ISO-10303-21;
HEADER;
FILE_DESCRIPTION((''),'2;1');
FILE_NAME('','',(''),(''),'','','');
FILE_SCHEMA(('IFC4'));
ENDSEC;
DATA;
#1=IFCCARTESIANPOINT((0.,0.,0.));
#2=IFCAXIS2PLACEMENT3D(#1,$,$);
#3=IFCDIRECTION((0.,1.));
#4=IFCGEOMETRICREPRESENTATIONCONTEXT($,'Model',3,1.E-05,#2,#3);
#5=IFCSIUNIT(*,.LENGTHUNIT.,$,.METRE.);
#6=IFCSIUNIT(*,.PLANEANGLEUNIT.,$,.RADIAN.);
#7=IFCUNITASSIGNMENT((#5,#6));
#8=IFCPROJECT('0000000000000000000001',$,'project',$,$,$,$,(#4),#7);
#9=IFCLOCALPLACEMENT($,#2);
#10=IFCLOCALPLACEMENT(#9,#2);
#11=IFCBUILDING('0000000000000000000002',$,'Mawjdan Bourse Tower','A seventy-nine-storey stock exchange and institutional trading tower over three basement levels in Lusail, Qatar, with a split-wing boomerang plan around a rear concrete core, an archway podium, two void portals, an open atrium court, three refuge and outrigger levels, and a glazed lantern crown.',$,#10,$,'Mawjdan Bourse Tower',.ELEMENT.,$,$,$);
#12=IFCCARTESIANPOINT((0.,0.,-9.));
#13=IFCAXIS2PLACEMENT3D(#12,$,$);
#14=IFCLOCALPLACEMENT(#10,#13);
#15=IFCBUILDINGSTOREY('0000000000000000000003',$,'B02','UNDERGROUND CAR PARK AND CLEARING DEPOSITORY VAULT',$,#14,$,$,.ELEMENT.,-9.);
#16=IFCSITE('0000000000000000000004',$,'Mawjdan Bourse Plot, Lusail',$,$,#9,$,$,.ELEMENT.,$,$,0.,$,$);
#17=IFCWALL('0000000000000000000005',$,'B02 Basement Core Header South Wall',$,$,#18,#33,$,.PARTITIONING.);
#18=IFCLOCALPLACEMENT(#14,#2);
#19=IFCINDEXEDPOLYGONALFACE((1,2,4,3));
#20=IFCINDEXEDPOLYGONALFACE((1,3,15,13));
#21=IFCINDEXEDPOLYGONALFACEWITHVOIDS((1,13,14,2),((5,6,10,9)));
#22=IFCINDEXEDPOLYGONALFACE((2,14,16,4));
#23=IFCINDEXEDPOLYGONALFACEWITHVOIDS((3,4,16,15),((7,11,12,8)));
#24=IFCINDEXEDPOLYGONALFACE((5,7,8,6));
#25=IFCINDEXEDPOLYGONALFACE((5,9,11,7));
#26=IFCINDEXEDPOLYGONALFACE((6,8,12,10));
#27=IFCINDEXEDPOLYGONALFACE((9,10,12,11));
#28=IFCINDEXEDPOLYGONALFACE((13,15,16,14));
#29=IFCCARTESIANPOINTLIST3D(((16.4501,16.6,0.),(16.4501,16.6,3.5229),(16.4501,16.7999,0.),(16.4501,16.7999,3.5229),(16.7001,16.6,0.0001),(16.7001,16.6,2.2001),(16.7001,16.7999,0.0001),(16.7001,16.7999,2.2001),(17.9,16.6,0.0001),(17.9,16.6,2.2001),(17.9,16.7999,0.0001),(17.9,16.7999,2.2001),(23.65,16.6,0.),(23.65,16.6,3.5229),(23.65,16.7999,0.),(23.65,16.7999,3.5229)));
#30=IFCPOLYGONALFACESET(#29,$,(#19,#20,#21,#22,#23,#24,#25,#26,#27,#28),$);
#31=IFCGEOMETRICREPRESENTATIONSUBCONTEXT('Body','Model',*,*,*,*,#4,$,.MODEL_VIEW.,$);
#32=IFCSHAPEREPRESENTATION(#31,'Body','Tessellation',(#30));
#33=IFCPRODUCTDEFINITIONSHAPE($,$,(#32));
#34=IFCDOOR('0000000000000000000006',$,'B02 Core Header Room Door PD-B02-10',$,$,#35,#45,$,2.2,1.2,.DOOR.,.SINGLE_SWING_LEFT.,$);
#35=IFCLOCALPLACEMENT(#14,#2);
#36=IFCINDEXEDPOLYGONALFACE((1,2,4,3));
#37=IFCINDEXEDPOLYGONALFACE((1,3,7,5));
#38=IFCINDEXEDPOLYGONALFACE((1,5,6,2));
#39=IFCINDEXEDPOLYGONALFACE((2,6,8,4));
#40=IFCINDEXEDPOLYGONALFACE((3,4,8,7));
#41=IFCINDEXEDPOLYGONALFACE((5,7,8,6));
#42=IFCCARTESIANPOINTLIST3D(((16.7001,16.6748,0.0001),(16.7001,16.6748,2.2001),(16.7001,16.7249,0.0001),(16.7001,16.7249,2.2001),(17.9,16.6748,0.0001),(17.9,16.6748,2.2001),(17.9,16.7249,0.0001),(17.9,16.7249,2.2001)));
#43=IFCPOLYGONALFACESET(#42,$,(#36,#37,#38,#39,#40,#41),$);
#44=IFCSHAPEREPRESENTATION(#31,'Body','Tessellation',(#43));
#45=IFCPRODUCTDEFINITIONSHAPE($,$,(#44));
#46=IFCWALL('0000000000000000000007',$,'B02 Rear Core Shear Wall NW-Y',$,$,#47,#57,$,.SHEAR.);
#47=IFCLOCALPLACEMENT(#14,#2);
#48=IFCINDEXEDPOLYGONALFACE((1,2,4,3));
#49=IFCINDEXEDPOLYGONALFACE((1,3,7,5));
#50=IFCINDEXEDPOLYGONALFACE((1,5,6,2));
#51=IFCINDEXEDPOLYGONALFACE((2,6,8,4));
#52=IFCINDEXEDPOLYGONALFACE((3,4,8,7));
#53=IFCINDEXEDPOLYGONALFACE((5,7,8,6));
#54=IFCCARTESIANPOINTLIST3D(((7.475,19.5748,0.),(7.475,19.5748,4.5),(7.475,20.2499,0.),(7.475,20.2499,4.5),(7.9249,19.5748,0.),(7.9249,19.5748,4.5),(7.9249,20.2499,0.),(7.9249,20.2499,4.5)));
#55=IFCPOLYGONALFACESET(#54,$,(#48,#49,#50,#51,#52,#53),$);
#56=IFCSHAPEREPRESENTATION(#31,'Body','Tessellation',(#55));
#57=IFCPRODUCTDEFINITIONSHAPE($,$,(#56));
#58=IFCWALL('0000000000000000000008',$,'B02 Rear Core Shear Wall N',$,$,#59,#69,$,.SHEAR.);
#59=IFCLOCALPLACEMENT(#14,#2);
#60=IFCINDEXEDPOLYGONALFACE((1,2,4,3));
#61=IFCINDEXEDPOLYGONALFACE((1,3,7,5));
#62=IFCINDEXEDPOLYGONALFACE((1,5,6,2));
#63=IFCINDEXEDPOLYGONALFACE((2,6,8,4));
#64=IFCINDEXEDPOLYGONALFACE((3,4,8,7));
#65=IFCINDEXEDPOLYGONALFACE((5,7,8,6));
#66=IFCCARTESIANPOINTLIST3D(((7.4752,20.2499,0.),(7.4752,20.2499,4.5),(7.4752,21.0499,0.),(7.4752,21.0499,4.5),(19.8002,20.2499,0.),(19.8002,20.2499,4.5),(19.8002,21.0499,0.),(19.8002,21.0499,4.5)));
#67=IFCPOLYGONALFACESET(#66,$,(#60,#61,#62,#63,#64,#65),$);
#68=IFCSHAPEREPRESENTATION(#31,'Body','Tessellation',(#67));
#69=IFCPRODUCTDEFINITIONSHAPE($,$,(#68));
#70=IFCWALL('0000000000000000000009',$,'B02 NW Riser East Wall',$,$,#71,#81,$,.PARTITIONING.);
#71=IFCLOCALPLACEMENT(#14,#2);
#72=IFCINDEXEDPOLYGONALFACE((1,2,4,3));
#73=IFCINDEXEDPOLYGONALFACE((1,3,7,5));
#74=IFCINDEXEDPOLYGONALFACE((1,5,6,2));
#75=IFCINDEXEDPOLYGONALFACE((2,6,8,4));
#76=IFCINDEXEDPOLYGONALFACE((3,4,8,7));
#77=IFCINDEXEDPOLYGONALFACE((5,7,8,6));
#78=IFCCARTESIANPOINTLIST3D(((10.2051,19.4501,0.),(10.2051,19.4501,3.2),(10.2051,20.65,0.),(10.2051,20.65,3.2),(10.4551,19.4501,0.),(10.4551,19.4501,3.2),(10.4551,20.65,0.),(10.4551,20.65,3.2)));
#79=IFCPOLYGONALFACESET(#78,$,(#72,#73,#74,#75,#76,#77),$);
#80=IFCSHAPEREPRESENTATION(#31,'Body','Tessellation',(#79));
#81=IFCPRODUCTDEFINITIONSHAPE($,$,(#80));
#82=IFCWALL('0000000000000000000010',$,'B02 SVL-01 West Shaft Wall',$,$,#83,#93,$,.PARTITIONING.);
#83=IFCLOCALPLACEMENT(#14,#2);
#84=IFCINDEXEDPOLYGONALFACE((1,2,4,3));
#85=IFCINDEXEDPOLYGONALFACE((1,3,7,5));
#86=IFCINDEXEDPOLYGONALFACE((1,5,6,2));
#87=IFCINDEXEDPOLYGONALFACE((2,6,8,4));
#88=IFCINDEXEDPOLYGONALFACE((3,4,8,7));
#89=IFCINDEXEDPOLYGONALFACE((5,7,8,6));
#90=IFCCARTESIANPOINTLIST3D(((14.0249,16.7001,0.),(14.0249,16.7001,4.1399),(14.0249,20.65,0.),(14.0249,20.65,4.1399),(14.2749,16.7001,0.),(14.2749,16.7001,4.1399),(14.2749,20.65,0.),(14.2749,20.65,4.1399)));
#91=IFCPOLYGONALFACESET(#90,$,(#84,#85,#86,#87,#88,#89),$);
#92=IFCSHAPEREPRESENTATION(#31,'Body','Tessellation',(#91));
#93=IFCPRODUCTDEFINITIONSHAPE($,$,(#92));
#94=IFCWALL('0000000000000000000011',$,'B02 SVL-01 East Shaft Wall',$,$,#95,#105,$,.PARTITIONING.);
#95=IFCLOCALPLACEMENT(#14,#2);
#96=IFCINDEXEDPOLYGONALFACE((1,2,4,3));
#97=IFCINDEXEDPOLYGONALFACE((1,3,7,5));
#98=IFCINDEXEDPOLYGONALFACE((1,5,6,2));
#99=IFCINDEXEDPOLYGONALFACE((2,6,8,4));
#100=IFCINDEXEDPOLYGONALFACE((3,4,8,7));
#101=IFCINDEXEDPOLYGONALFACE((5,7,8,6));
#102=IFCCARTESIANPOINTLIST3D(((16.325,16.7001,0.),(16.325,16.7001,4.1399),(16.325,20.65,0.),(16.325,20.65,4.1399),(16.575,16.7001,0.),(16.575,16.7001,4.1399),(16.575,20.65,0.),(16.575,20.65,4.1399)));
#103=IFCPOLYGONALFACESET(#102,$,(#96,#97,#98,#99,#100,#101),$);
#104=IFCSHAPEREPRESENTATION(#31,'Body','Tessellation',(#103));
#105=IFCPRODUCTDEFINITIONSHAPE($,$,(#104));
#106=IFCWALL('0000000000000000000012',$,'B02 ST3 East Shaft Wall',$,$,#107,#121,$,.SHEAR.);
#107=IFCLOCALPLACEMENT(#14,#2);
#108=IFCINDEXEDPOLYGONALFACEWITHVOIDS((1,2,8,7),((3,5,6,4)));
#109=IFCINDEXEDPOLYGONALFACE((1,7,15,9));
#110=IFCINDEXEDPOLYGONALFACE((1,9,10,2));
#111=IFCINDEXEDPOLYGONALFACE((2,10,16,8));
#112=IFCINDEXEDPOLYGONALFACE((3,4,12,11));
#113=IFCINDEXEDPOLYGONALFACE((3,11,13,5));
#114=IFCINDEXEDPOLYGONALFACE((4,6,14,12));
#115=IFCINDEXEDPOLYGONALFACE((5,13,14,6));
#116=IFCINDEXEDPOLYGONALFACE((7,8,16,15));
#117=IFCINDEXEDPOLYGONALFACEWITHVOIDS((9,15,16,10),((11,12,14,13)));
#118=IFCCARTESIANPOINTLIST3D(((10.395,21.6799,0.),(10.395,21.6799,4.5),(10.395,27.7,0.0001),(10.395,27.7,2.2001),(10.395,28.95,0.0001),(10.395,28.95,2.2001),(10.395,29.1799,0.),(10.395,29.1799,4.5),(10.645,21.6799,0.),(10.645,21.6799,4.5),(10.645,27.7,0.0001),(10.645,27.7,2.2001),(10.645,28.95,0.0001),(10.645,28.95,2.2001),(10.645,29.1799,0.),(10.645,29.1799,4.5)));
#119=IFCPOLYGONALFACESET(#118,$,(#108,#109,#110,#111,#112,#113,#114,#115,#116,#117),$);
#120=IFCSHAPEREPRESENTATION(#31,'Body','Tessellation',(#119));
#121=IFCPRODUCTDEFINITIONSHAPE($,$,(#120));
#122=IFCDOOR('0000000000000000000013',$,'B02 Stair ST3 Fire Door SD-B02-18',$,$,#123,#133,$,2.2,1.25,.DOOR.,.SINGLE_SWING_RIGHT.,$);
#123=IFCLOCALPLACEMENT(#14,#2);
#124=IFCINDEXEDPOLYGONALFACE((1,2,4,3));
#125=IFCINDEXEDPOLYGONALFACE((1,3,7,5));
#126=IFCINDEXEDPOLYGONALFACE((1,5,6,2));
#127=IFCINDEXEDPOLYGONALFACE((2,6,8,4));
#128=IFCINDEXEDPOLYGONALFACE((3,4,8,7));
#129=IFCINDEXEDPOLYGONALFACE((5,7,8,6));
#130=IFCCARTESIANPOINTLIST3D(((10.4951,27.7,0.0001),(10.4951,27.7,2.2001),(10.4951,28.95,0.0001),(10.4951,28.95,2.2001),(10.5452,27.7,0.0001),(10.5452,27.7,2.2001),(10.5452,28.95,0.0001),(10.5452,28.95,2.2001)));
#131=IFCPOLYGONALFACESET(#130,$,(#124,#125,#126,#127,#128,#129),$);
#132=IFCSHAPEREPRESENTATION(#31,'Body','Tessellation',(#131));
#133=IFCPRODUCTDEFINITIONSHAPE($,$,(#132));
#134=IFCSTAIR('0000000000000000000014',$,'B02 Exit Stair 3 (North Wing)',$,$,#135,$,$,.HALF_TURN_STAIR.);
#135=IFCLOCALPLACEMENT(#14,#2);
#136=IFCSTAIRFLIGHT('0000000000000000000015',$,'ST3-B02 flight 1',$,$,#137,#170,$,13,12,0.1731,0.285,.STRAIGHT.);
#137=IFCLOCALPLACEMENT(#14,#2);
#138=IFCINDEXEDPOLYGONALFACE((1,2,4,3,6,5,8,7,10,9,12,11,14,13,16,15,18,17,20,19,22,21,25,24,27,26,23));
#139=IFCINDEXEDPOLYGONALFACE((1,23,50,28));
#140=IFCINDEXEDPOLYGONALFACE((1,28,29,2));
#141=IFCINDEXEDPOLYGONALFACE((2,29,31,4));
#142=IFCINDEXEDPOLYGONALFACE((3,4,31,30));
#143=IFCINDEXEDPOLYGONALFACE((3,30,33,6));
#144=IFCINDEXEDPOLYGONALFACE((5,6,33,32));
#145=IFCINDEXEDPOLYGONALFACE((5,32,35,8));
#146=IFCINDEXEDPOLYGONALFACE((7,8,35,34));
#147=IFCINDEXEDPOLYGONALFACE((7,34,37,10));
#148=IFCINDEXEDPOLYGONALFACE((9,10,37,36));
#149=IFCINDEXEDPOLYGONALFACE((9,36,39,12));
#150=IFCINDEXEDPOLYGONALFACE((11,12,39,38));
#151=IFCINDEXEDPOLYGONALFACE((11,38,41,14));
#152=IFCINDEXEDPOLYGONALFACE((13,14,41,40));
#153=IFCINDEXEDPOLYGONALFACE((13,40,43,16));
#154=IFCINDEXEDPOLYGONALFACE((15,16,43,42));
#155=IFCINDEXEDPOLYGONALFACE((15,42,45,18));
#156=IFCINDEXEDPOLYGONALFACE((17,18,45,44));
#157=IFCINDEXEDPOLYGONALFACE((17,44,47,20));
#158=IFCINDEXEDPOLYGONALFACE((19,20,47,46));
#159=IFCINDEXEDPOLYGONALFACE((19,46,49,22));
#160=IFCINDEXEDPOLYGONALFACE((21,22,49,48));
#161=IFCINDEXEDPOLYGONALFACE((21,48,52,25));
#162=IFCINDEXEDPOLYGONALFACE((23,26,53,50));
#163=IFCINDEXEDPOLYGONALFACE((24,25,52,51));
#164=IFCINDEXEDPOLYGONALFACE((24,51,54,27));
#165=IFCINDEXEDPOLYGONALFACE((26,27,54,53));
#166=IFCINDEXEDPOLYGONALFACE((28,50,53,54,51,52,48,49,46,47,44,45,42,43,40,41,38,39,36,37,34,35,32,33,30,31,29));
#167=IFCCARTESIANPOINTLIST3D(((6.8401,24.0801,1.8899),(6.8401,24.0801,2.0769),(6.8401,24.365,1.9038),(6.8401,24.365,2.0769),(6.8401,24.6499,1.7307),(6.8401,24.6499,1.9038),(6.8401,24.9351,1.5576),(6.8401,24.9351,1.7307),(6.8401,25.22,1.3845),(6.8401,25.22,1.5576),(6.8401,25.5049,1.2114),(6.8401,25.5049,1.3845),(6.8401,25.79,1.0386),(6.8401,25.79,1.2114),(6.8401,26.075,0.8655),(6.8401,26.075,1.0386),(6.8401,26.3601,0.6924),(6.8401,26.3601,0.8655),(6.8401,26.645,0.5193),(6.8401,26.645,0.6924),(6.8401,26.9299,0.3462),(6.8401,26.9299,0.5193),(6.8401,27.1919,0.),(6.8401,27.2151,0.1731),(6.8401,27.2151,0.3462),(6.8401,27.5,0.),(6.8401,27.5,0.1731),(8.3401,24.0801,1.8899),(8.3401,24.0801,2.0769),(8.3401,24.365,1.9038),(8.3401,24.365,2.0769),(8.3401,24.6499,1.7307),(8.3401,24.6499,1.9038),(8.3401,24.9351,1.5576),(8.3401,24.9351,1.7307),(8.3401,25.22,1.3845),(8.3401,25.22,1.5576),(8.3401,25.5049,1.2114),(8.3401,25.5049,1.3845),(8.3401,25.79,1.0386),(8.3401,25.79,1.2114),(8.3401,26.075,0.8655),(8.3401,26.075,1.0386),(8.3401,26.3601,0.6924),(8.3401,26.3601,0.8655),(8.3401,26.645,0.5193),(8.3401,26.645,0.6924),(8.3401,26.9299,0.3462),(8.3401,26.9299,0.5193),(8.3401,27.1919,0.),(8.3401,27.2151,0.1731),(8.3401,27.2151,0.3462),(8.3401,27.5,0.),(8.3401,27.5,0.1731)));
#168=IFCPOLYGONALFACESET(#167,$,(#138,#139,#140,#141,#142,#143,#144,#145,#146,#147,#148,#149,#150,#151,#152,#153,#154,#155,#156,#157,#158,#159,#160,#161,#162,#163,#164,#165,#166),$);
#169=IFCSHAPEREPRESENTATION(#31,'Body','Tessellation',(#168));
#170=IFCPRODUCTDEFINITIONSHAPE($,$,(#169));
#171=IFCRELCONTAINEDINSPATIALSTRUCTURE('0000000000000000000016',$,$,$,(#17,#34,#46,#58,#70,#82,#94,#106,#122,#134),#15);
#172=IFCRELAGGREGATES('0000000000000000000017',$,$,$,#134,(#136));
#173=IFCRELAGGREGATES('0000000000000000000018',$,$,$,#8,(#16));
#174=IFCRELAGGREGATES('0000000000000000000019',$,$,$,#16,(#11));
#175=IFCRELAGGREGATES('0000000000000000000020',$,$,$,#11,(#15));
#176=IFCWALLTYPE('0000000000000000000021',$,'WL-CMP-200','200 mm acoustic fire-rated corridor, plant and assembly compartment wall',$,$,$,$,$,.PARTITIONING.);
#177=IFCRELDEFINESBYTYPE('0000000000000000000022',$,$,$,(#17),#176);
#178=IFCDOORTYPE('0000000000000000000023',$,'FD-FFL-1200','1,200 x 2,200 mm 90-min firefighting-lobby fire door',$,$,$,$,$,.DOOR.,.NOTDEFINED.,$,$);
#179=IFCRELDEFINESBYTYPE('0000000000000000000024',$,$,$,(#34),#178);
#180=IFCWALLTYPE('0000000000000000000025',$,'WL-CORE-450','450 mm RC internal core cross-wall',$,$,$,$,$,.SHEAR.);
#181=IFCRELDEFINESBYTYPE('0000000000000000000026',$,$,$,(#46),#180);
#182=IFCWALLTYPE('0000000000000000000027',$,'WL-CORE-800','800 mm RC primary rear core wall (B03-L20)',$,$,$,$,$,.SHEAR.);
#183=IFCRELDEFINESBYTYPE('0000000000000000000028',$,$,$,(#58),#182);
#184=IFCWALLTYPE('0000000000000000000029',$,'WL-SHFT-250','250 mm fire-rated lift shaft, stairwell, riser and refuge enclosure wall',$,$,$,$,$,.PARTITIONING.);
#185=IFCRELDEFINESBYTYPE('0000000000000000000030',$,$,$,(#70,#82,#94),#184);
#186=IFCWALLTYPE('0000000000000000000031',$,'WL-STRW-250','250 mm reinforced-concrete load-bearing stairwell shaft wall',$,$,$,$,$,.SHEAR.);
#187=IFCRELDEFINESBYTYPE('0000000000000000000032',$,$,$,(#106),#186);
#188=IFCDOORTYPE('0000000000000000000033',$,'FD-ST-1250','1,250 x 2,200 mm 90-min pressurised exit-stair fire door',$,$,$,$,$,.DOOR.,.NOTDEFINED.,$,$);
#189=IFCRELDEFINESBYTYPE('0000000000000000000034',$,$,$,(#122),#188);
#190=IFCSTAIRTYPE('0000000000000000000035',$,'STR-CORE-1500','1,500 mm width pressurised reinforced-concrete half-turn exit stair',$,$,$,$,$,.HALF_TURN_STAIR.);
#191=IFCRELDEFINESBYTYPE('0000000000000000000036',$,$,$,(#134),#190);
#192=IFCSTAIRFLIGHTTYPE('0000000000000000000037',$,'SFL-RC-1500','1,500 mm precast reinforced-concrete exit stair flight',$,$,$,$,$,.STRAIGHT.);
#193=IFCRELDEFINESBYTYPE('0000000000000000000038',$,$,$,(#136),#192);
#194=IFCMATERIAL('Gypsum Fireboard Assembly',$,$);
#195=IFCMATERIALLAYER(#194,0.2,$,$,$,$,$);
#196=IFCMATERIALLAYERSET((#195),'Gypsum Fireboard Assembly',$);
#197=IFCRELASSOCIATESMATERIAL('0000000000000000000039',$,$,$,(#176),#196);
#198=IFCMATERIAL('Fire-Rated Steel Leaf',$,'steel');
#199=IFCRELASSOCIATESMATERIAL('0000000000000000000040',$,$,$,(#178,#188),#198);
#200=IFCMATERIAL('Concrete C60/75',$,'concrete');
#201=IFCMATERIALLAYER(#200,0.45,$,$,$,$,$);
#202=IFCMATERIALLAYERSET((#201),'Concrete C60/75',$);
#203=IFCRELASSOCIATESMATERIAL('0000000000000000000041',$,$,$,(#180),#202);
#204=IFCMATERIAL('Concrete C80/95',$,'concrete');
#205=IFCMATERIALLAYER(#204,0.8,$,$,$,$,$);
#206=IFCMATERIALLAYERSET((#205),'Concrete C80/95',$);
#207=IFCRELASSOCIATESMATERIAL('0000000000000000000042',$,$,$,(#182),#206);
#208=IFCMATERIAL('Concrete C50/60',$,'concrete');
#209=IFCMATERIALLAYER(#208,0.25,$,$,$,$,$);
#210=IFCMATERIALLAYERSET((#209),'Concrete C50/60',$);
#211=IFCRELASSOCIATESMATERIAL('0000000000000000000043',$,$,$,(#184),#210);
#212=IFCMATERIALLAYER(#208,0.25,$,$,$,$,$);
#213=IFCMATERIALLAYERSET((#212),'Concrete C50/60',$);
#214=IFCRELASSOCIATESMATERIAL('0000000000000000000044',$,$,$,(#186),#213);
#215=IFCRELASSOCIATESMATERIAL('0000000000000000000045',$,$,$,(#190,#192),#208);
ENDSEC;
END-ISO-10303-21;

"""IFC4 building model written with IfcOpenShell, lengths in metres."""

from ifc_helpers import new_model, si_unit, direction, frame, frame_2d, origin, place, context, subcontext, project, spatial, polyline, rectangle, outline, extrude, material, layer, layer_set, type_object, element, fill, aggregate, save


model = new_model("IFC4")

# Units and contexts
model_context = context("Model", 3, precision=1e-05, world=origin(), true_north=direction((0.0, 1.0)))
body_context = subcontext(model_context, "Body", "Model", "MODEL_VIEW")
ifc_project = project(units=[si_unit("LENGTHUNIT", "METRE"), si_unit("PLANEANGLEUNIT", "RADIAN")], contexts=[model_context])

# Site, building, storey
site_placement = place(None, origin())
site = spatial("IfcSite", under=ifc_project, at=site_placement, Name="Mawjdan Bourse Plot, Lusail", CompositionType="ELEMENT", RefElevation=0.0)
building_placement = place(site_placement, origin())
building = spatial("IfcBuilding", under=site, at=building_placement, Name="Mawjdan Bourse Tower", Description="A seventy-nine-storey stock exchange and institutional trading tower over three basement levels in Lusail, Qatar, with a split-wing boomerang plan around a rear concrete core, an archway podium, two void portals, an open atrium court, three refuge and outrigger levels, and a glazed lantern crown.", LongName="Mawjdan Bourse Tower", CompositionType="ELEMENT")
storey_placement = place(building_placement, frame((0.0, 0.0, -9.0)))
storey = spatial("IfcBuildingStorey", under=building, at=storey_placement, Name="B02", Description="UNDERGROUND CAR PARK AND CLEARING DEPOSITORY VAULT", CompositionType="ELEMENT", Elevation=-9.0)

# Shared definitions
ifc_material_1 = material(Name="Concrete C80/95", Category="concrete")

# Wall, opening, door
ifc_material_2 = material(Name="Gypsum Fireboard Assembly")
ifc_layer_1 = layer(ifc_material_2, 0.2)
ifc_layer_set_1 = layer_set([ifc_layer_1], Name="Gypsum Fireboard Assembly")
wall_type_1 = type_object("IfcWallType", Name="WL-CMP-200", Description="200 mm acoustic fire-rated corridor, plant and assembly compartment wall", PredefinedType="PARTITIONING", material=ifc_layer_set_1)
wall_1_placement = place(storey_placement, frame((16.45, 16.7, 0.0), z_axis=(0.0, 0.0, 1.0), x_axis=(1.0, 0.0, 0.0)))
wall_1 = element("IfcWall", 1, at=wall_1_placement, inside=storey, type_object=wall_type_1, Name="B02 Basement Core Header South Wall", PredefinedType="PARTITIONING", context=body_context, shape_type="SweptSolid", body=[
    extrude(rectangle(XDim=7.2, YDim=0.2, at=frame_2d((3.6001, 0.0))), origin(), (0.0, 0.0, 1.0), 3.5229),
])
opening_1_placement = place(wall_1_placement, frame((0.25, 0.0, 0.0)))
opening_1 = element("IfcOpeningElement", 2, at=opening_1_placement, cuts=wall_1, PredefinedType="OPENING", context=body_context, shape_type="SweptSolid", body=[
    extrude(rectangle(XDim=1.2, YDim=2.2, at=frame_2d((0.6001, 1.1001))), frame((0.0, 0.1099, 0.0), z_axis=(0.0, -1.0, 0.0), x_axis=(1.0, 0.0, 0.0)), (0.0, 0.0, 1.0), 0.22),
])
ifc_material_3 = material(Name="Fire-Rated Steel Leaf", Category="steel")
door_type_1 = type_object("IfcDoorType", Name="FD-FFL-1200", Description="1,200 x 2,200 mm 90-min firefighting-lobby fire door", OperationType="NOTDEFINED", PredefinedType="DOOR", material=ifc_material_3)
door_1_placement = place(opening_1_placement, origin())
door_1 = element("IfcDoor", 3, at=door_1_placement, inside=storey, type_object=door_type_1, Name="B02 Core Header Room Door PD-B02-10", OperationType="SINGLE_SWING_LEFT", OverallHeight=2.2, OverallWidth=1.2, PredefinedType="DOOR", context=body_context, shape_type="SweptSolid", body=[
    extrude(rectangle(XDim=1.2, YDim=2.2, at=frame_2d((0.6001, 1.1001))), frame((0.0, 0.0249, 0.0), z_axis=(0.0, -1.0, 0.0), x_axis=(1.0, 0.0, 0.0)), (0.0, 0.0, 1.0), 0.05),
])
fill(opening_1, door_1)

# Walls
ifc_material_4 = material(Name="Concrete C60/75", Category="concrete")
ifc_layer_2 = layer(ifc_material_4, 0.45)
ifc_layer_set_2 = layer_set([ifc_layer_2], Name="Concrete C60/75")
wall_type_2 = type_object("IfcWallType", Name="WL-CORE-450", Description="450 mm RC internal core cross-wall", PredefinedType="SHEAR", material=ifc_layer_set_2)
wall_2_placement = place(storey_placement, frame((7.7, 19.575, 0.0), z_axis=(0.0, 0.0, 1.0), x_axis=(0.0, 1.0, 0.0)))
element("IfcWall", 4, at=wall_2_placement, inside=storey, type_object=wall_type_2, Name="B02 Rear Core Shear Wall NW-Y", PredefinedType="SHEAR", context=body_context, shape_type="SweptSolid", body=[
    extrude(rectangle(XDim=0.675, YDim=0.45, at=frame_2d((0.3374, 0.0))), origin(), (0.0, 0.0, 1.0), 4.5),
])
ifc_layer_3 = layer(ifc_material_1, 0.8)
ifc_layer_set_3 = layer_set([ifc_layer_3], Name="Concrete C80/95")
wall_type_3 = type_object("IfcWallType", Name="WL-CORE-800", Description="800 mm RC primary rear core wall (B03-L20)", PredefinedType="SHEAR", material=ifc_layer_set_3)
wall_3_placement = place(storey_placement, frame((7.4751, 20.6499, 0.0), z_axis=(0.0, 0.0, 1.0), x_axis=(1.0, 0.0, 0.0)))
element("IfcWall", 5, at=wall_3_placement, inside=storey, type_object=wall_type_3, Name="B02 Rear Core Shear Wall N", PredefinedType="SHEAR", context=body_context, shape_type="SweptSolid", body=[
    extrude(rectangle(XDim=12.325, YDim=0.8, at=frame_2d((6.1626, 0.0))), origin(), (0.0, 0.0, 1.0), 4.5),
])
ifc_material_5 = material(Name="Concrete C50/60", Category="concrete")
ifc_layer_4 = layer(ifc_material_5, 0.25)
ifc_layer_set_4 = layer_set([ifc_layer_4], Name="Concrete C50/60")
wall_type_4 = type_object("IfcWallType", Name="WL-SHFT-250", Description="250 mm fire-rated lift shaft, stairwell, riser and refuge enclosure wall", PredefinedType="PARTITIONING", material=ifc_layer_set_4)
wall_4_placement = place(storey_placement, frame((10.3301, 19.45, 0.0), z_axis=(0.0, 0.0, 1.0), x_axis=(0.0, 1.0, 0.0)))
element("IfcWall", 6, at=wall_4_placement, inside=storey, type_object=wall_type_4, Name="B02 NW Riser East Wall", PredefinedType="PARTITIONING", context=body_context, shape_type="SweptSolid", body=[
    extrude(rectangle(XDim=1.2, YDim=0.25, at=frame_2d((0.6001, 0.0))), origin(), (0.0, 0.0, 1.0), 3.2),
])
for number, where, z_axis, x_axis, name in (
    (7, (14.1499, 16.7, 0.0), (0.0, 0.0, 1.0), (0.0, 1.0, 0.0), "B02 SVL-01 West Shaft Wall"),
    (8, (16.45, 16.7, 0.0), (0.0, 0.0, 1.0), (0.0, 1.0, 0.0), "B02 SVL-01 East Shaft Wall"),
):
    element("IfcWall", number, at=place(storey_placement, frame(where, z_axis=z_axis, x_axis=x_axis)), inside=storey, type_object=wall_type_4, Name=name, PredefinedType="PARTITIONING", context=body_context, shape_type="SweptSolid", body=[
        extrude(rectangle(XDim=3.95, YDim=0.25, at=frame_2d((1.9751, 0.0))), origin(), (0.0, 0.0, 1.0), 4.1399),
    ])
ifc_layer_5 = layer(ifc_material_5, 0.25)
ifc_layer_set_5 = layer_set([ifc_layer_5], Name="Concrete C50/60")
wall_type_5 = type_object("IfcWallType", Name="WL-STRW-250", Description="250 mm reinforced-concrete load-bearing stairwell shaft wall", PredefinedType="SHEAR", material=ifc_layer_set_5)

# Wall, opening, door
wall_5_placement = place(storey_placement, frame((10.52, 21.6799, 0.0), z_axis=(0.0, 0.0, 1.0), x_axis=(0.0, 1.0, 0.0)))
wall_5 = element("IfcWall", 9, at=wall_5_placement, inside=storey, type_object=wall_type_5, Name="B02 ST3 East Shaft Wall", PredefinedType="SHEAR", context=body_context, shape_type="SweptSolid", body=[
    extrude(rectangle(XDim=7.5, YDim=0.25, at=frame_2d((3.75, 0.0))), origin(), (0.0, 0.0, 1.0), 4.5),
])
opening_2_placement = place(wall_5_placement, frame((6.02, 0.0, 0.0)))
opening_2 = element("IfcOpeningElement", 10, at=opening_2_placement, cuts=wall_5, PredefinedType="OPENING", context=body_context, shape_type="SweptSolid", body=[
    extrude(rectangle(XDim=1.25, YDim=2.2, at=frame_2d((0.625, 1.1001))), frame((0.0, 0.135, 0.0), z_axis=(0.0, -1.0, 0.0), x_axis=(1.0, 0.0, 0.0)), (0.0, 0.0, 1.0), 0.27),
])
door_type_2 = type_object("IfcDoorType", Name="FD-ST-1250", Description="1,250 x 2,200 mm 90-min pressurised exit-stair fire door", OperationType="NOTDEFINED", PredefinedType="DOOR", material=ifc_material_3)
door_2_placement = place(opening_2_placement, origin())
door_2 = element("IfcDoor", 11, at=door_2_placement, inside=storey, type_object=door_type_2, Name="B02 Stair ST3 Fire Door SD-B02-18", OperationType="SINGLE_SWING_RIGHT", OverallHeight=2.2, OverallWidth=1.25, PredefinedType="DOOR", context=body_context, shape_type="SweptSolid", body=[
    extrude(rectangle(XDim=1.25, YDim=2.2, at=frame_2d((0.625, 1.1001))), frame((0.0, 0.0249, 0.0), z_axis=(0.0, -1.0, 0.0), x_axis=(1.0, 0.0, 0.0)), (0.0, 0.0, 1.0), 0.05),
])
fill(opening_2, door_2)

# Stair, stair flight
stair_type = type_object("IfcStairType", Name="STR-CORE-1500", Description="1,500 mm width pressurised reinforced-concrete half-turn exit stair", PredefinedType="HALF_TURN_STAIR", material=ifc_material_5)
stair_placement = place(storey_placement, origin())
stair = element("IfcStair", 12, at=stair_placement, inside=storey, type_object=stair_type, Name="B02 Exit Stair 3 (North Wing)", PredefinedType="HALF_TURN_STAIR")
stair_flight_type = type_object("IfcStairFlightType", Name="SFL-RC-1500", Description="1,500 mm precast reinforced-concrete exit stair flight", PredefinedType="STRAIGHT", material=ifc_material_5)
stair_flight_1_placement = place(storey_placement, frame((7.5901, 27.5, 0.0), z_axis=(0.0, 0.0, 1.0), x_axis=(0.0, -1.0, 0.0)))
stair_flight_1 = element("IfcStairFlight", 13, at=stair_flight_1_placement, type_object=stair_flight_type, Name="ST3-B02 flight 1", NumberOfRisers=13, NumberOfTreads=12, PredefinedType="STRAIGHT", RiserHeight=0.1731, TreadLength=0.285, context=body_context, shape_type="SweptSolid", body=[
    extrude(outline(polyline([(0.0, 0.0), (0.0, 0.1731), (0.2849, 0.1731), (0.2849, 0.3462), (0.5701, 0.3462), (0.5701, 0.5193), (0.855, 0.5193), (0.855, 0.6924), (1.1399, 0.6924), (1.1399, 0.8655), (1.425, 0.8655), (1.425, 1.0386), (1.71, 1.0386), (1.71, 1.2114), (1.9951, 1.2114), (1.9951, 1.3845), (2.28, 1.3845), (2.28, 1.5576), (2.5649, 1.5576), (2.5649, 1.7307), (2.8501, 1.7307), (2.8501, 1.9038), (3.135, 1.9038), (3.135, 2.0769), (3.4199, 2.0769), (3.4199, 2.25), (3.4199, 1.8899), (0.3081, 0.0), (0.0, 0.0)])), frame((0.0, 0.75, 0.0), z_axis=(0.0, -1.0, 0.0), x_axis=(1.0, 0.0, 0.0)), (0.0, 0.0, 1.0), 1.5),
])
aggregate(stair, [stair_flight_1])

save(model, "model.ifc")
